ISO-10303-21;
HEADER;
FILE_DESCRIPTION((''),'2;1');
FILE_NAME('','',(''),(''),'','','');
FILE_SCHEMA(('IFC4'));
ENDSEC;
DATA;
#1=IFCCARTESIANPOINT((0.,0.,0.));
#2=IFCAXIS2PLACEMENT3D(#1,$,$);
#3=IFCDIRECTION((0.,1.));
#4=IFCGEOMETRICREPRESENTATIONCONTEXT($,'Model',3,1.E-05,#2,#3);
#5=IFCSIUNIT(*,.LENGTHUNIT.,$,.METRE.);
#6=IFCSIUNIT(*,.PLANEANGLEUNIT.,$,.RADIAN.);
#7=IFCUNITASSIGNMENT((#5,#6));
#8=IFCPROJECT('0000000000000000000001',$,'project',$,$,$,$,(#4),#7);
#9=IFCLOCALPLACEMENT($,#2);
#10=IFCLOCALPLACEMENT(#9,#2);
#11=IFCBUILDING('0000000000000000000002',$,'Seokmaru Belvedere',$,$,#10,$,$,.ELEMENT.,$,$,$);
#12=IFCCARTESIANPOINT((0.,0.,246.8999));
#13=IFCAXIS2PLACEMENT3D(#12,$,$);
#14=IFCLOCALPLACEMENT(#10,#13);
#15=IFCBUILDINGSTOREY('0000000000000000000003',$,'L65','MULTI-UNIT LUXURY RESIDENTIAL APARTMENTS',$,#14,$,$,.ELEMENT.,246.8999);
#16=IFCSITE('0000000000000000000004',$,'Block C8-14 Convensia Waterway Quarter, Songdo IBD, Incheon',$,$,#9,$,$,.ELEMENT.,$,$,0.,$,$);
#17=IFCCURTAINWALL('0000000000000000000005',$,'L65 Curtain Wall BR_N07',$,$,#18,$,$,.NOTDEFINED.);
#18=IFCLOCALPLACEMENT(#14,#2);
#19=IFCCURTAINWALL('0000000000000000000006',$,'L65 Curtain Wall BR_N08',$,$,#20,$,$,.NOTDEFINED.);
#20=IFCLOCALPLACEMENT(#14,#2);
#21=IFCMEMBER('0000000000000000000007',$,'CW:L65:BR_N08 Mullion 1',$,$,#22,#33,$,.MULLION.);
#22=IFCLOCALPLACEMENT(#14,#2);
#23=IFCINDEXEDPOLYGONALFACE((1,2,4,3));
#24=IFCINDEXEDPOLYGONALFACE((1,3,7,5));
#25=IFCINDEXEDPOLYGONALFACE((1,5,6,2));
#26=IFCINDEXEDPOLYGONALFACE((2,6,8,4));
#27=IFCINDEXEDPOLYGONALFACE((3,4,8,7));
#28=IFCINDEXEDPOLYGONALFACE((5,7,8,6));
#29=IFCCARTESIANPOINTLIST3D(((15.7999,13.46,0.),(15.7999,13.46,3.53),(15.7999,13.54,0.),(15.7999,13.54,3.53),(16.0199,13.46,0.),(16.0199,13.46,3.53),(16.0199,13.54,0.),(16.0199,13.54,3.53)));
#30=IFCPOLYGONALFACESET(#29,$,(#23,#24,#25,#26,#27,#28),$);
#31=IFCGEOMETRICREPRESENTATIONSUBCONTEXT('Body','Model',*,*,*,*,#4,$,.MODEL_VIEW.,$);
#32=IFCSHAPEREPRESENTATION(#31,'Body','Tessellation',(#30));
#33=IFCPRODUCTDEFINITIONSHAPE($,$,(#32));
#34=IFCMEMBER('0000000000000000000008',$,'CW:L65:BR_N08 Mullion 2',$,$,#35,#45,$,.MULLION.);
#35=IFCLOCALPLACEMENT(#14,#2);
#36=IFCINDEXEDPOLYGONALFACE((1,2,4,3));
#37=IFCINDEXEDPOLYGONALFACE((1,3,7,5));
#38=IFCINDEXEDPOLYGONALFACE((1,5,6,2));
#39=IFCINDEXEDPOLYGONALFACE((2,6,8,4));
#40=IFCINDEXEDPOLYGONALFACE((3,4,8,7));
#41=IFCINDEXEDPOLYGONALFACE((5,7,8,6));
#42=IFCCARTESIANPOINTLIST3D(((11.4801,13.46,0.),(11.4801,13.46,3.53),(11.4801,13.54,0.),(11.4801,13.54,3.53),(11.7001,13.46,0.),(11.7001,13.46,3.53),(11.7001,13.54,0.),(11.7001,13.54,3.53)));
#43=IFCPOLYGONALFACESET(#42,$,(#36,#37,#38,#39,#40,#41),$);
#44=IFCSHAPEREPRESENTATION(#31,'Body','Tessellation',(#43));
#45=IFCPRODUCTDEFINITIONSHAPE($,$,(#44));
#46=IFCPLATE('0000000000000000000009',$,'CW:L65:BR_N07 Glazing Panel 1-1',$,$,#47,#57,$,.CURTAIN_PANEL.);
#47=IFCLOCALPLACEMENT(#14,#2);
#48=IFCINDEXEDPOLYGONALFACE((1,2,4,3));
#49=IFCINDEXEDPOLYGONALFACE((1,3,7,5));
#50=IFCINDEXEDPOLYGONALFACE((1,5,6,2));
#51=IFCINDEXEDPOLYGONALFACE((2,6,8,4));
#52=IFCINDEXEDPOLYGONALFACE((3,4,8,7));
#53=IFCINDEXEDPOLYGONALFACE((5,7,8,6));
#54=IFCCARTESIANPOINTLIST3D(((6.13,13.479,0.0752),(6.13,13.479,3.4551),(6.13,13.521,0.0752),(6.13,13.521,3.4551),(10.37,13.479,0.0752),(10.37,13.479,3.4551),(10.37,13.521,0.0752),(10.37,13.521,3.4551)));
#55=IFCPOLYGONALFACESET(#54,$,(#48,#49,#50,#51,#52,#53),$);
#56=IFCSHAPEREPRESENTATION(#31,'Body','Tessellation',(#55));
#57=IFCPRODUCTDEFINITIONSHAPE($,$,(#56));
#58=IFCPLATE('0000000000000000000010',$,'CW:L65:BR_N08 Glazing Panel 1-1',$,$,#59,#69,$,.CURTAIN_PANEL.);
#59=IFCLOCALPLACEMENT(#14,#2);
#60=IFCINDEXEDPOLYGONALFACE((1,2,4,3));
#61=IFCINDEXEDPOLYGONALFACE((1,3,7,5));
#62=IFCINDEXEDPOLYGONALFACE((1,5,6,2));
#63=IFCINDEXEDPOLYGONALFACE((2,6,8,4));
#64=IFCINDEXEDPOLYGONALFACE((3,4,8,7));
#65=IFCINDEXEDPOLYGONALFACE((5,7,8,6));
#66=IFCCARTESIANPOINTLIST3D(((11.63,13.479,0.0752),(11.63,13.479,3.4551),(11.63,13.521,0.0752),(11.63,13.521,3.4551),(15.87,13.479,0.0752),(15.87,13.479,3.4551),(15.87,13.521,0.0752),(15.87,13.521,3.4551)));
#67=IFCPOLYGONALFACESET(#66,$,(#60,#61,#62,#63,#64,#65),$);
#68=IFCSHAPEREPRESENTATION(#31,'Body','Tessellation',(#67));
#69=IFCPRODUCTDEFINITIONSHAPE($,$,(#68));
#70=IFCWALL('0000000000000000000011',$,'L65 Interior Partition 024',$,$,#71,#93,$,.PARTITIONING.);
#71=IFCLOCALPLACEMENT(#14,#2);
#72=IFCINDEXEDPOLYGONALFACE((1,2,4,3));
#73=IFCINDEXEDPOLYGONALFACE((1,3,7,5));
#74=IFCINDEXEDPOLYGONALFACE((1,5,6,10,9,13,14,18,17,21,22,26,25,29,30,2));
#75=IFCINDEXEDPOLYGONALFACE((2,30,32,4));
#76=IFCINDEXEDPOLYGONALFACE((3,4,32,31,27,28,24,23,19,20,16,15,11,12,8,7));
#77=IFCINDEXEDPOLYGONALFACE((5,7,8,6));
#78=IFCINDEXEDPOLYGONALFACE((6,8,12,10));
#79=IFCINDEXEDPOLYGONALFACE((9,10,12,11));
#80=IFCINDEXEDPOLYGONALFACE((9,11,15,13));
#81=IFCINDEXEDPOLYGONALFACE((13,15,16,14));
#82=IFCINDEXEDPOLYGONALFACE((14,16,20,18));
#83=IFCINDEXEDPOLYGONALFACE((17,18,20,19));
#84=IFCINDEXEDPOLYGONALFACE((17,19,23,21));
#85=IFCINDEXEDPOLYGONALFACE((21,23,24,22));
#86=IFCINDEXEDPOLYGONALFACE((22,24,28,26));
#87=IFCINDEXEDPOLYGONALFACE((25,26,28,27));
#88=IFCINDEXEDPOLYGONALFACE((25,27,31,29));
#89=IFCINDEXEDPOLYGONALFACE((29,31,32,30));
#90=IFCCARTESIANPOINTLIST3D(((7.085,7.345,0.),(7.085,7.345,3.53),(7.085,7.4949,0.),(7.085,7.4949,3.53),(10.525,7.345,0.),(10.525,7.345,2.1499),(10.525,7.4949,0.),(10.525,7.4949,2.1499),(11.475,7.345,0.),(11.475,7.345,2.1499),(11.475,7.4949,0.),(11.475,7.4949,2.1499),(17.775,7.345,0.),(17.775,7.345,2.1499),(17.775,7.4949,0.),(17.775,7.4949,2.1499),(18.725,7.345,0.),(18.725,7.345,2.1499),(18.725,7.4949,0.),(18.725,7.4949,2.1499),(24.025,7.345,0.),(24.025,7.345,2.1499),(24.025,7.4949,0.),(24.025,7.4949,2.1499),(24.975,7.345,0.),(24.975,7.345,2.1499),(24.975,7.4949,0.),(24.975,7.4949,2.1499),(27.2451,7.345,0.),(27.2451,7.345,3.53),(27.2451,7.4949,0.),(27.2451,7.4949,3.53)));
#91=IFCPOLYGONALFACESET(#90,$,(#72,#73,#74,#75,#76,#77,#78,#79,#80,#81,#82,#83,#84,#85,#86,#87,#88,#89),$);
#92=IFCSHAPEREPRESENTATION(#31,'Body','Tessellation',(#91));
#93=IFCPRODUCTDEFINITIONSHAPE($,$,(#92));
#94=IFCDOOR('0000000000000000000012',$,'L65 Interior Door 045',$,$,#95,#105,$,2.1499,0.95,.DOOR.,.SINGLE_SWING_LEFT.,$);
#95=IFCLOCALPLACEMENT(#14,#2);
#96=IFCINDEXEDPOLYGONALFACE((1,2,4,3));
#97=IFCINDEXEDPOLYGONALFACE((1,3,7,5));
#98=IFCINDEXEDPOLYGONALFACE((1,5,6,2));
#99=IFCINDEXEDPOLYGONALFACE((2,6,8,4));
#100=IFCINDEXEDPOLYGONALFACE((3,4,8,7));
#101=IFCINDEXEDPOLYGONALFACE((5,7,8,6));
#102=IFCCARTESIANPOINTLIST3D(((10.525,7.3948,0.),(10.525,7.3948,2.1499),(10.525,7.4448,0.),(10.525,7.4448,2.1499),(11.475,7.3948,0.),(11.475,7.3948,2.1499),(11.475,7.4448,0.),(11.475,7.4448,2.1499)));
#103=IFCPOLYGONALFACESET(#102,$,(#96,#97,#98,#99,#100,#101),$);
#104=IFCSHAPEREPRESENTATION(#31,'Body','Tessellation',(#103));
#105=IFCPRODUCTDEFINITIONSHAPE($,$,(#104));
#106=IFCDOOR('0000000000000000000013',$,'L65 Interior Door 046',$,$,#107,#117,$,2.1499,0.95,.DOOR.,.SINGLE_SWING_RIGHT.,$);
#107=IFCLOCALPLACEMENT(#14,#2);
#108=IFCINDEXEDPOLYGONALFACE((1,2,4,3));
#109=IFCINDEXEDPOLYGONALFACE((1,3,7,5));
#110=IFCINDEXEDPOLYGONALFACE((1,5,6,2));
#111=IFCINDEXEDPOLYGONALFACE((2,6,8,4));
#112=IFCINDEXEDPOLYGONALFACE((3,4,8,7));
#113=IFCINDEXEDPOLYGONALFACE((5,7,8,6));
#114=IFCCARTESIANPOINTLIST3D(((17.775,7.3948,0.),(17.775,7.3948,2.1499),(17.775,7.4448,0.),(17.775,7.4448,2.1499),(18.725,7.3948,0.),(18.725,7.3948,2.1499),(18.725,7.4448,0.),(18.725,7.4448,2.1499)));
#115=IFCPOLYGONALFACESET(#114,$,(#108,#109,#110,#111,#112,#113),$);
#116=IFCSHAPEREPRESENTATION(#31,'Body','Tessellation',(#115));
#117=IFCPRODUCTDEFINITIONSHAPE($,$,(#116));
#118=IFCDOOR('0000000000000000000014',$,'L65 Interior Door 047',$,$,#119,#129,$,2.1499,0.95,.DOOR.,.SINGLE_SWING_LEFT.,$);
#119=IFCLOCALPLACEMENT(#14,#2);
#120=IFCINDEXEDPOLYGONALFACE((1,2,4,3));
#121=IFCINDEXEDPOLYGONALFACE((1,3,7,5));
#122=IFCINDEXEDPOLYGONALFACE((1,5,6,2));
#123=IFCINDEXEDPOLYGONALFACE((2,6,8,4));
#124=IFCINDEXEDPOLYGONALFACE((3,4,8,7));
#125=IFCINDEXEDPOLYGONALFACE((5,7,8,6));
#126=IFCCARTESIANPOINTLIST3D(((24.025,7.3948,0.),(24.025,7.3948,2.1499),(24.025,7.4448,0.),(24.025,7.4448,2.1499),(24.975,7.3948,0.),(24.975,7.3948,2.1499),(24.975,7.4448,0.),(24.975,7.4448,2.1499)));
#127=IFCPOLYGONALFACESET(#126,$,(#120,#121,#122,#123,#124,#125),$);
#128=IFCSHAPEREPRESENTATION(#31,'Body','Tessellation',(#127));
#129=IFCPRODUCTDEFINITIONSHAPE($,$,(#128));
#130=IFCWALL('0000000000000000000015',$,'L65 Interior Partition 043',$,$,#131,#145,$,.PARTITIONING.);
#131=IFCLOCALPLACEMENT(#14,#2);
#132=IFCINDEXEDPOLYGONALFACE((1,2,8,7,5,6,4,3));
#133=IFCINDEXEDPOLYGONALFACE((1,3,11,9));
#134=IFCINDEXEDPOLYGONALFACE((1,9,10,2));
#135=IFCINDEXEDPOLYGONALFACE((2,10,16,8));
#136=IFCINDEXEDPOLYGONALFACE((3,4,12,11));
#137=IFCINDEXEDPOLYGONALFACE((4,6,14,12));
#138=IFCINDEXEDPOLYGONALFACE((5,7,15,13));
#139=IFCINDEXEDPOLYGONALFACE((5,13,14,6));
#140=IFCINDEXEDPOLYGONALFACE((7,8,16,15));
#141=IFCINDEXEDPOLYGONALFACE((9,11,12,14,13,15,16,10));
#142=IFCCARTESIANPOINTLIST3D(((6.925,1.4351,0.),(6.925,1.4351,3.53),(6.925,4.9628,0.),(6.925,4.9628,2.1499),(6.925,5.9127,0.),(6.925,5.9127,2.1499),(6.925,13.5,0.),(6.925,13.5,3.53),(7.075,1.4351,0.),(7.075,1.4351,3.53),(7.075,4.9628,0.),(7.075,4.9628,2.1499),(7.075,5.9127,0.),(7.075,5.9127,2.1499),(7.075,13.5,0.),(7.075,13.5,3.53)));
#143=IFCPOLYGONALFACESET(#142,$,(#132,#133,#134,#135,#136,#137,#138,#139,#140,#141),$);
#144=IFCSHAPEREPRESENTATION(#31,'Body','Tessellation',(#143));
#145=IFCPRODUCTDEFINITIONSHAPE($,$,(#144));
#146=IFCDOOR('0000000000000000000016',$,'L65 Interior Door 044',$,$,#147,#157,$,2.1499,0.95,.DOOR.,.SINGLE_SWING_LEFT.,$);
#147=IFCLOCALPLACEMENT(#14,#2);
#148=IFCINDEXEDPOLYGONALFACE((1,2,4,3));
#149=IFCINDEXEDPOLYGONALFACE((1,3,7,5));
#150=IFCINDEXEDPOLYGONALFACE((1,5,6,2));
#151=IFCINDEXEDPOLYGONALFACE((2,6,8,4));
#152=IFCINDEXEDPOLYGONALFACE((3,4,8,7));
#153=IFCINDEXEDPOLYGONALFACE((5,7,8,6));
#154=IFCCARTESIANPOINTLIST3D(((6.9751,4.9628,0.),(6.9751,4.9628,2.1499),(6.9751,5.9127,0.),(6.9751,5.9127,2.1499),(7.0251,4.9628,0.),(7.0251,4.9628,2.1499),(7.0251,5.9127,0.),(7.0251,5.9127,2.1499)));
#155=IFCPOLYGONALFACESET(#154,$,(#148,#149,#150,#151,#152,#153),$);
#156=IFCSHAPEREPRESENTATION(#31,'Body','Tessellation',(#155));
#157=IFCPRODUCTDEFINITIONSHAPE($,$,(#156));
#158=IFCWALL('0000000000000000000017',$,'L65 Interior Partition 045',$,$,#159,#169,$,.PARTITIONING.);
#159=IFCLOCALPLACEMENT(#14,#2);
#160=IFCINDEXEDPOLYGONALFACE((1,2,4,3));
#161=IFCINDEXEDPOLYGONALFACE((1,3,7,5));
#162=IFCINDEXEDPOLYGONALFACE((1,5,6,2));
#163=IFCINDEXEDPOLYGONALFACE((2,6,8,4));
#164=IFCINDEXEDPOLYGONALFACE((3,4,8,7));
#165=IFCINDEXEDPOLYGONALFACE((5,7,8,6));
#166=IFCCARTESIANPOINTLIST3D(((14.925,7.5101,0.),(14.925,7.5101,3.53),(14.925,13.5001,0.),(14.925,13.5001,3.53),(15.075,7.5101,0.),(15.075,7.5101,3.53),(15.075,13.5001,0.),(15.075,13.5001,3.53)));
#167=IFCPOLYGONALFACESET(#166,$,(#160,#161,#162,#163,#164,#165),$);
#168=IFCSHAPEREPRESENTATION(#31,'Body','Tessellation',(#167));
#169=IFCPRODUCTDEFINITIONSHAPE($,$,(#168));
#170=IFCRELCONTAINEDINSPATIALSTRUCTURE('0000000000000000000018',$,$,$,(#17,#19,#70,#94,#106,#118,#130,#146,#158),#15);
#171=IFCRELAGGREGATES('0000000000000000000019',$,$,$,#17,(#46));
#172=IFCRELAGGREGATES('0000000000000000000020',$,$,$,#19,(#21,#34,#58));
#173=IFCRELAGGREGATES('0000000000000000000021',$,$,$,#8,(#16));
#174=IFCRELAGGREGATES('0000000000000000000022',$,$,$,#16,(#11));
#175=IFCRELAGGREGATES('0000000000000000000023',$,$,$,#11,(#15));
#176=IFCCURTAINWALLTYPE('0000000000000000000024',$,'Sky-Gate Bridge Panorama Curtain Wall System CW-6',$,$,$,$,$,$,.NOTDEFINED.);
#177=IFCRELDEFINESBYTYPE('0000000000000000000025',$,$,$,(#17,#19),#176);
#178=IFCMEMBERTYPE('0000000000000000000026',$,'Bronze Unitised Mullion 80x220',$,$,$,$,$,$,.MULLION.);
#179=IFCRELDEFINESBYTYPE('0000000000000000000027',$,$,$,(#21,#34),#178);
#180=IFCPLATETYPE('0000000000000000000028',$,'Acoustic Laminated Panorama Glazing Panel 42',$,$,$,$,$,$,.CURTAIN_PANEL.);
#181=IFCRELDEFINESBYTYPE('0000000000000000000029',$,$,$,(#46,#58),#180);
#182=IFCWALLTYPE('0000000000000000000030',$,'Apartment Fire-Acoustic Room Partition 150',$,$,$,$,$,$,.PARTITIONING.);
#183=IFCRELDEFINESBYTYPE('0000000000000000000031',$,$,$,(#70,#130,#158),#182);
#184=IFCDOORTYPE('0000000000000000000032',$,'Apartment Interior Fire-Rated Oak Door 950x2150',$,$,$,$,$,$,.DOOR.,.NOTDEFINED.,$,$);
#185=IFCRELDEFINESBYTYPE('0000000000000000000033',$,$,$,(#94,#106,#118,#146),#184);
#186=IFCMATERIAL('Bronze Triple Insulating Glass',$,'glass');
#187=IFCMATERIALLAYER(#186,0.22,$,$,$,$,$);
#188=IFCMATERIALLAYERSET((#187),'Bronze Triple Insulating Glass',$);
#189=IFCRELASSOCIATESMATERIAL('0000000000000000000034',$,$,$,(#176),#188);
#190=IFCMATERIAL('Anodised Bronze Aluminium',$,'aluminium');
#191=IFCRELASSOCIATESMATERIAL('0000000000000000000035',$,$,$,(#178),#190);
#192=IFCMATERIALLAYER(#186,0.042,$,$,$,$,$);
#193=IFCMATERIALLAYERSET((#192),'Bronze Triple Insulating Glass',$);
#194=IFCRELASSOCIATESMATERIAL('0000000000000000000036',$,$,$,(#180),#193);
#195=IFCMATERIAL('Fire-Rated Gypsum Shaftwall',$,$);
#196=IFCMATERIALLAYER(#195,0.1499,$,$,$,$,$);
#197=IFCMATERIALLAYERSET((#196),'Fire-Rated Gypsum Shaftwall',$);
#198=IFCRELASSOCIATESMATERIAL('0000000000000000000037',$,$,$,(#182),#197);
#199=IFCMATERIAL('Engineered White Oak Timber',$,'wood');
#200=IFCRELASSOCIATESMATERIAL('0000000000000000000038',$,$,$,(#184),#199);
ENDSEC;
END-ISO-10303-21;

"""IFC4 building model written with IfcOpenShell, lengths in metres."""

from ifc_helpers import new_model, si_unit, direction, frame, frame_2d, origin, origin_2d, place, context, subcontext, project, spatial, rectangle, extrude, source, transform, mapped, material, layer, layer_set, material_profile, profile_set, type_object, type_shapes, element, fill, aggregate, save


model = new_model("IFC4")

# Units and contexts
model_context = context("Model", 3, precision=1e-05, world=origin(), true_north=direction((0.0, 1.0)))
body_context = subcontext(model_context, "Body", "Model", "MODEL_VIEW")
ifc_project = project(units=[si_unit("LENGTHUNIT", "METRE"), si_unit("PLANEANGLEUNIT", "RADIAN")], contexts=[model_context])

# Site, building, storey
site_placement = place(None, origin())
site = spatial("IfcSite", under=ifc_project, at=site_placement, Name="Block C8-14 Convensia Waterway Quarter, Songdo IBD, Incheon", CompositionType="ELEMENT", RefElevation=0.0)
building_placement = place(site_placement, origin())
building = spatial("IfcBuilding", under=site, at=building_placement, Name="Seokmaru Belvedere", CompositionType="ELEMENT")
storey_placement = place(building_placement, frame((0.0, 0.0, 246.8999)))
storey = spatial("IfcBuildingStorey", under=building, at=storey_placement, Name="L65", Description="MULTI-UNIT LUXURY RESIDENTIAL APARTMENTS", CompositionType="ELEMENT", Elevation=246.8999)

# Curtain walls
ifc_material_1 = material(Name="Bronze Triple Insulating Glass", Category="glass")
ifc_layer_1 = layer(ifc_material_1, 0.22)
ifc_layer_set_1 = layer_set([ifc_layer_1], Name="Bronze Triple Insulating Glass")
curtain_wall_type = type_object("IfcCurtainWallType", Name="Sky-Gate Bridge Panorama Curtain Wall System CW-6", PredefinedType="NOTDEFINED", material=ifc_layer_set_1)
curtain_wall_1_placement = place(storey_placement, origin())
curtain_wall_1 = element("IfcCurtainWall", 1, at=curtain_wall_1_placement, inside=storey, type_object=curtain_wall_type, Name="L65 Curtain Wall BR_N07", PredefinedType="NOTDEFINED")
ifc_material_2 = material(Name="Anodised Bronze Aluminium", Category="aluminium")
curtain_wall_2_placement = place(storey_placement, origin())
curtain_wall_2 = element("IfcCurtainWall", 2, at=curtain_wall_2_placement, inside=storey, type_object=curtain_wall_type, Name="L65 Curtain Wall BR_N08", PredefinedType="NOTDEFINED")

# Members
ifc_material_profile_1 = material_profile(ifc_material_2, rectangle(XDim=0.0801, YDim=0.22, at=origin_2d()), Name="CW-M-80x220")
ifc_profile_set_1 = profile_set([ifc_material_profile_1], Name="Anodised Bronze Aluminium")
member_type_1 = type_object("IfcMemberType", Name="Bronze Unitised Mullion 80x220", PredefinedType="MULLION", material=ifc_profile_set_1)
shared_shape_1 = source(origin(), body_context, "Body", "SweptSolid", [
    extrude(rectangle(XDim=0.0801, YDim=0.22, at=origin_2d()), origin(), (0.0, 0.0, 1.0), 3.53),
])
type_shapes(member_type_1, [shared_shape_1])
member_1_placement = place(storey_placement, frame((15.9099, 13.5, 0.0), z_axis=(0.0, 0.0, 1.0), x_axis=(0.0, -1.0, 0.0)))
member_1 = element("IfcMember", 3, at=member_1_placement, type_object=member_type_1, Name="CW:L65:BR_N08 Mullion 1", PredefinedType="MULLION", context=body_context, shape_type="MappedRepresentation", body=[
    mapped(shared_shape_1, transform((0.0, 0.0, 0.0), scale=1.0)),
])
member_2_placement = place(storey_placement, frame((11.5901, 13.5, 0.0), z_axis=(0.0, 0.0, 1.0), x_axis=(0.0, -1.0, 0.0)))
member_2 = element("IfcMember", 4, at=member_2_placement, type_object=member_type_1, Name="CW:L65:BR_N08 Mullion 2", PredefinedType="MULLION", context=body_context, shape_type="MappedRepresentation", body=[
    mapped(shared_shape_1, transform((0.0, 0.0, 0.0), scale=1.0)),
])

# Plates
ifc_layer_2 = layer(ifc_material_1, 0.042)
ifc_layer_set_2 = layer_set([ifc_layer_2], Name="Bronze Triple Insulating Glass")
plate_type = type_object("IfcPlateType", Name="Acoustic Laminated Panorama Glazing Panel 42", PredefinedType="CURTAIN_PANEL", material=ifc_layer_set_2)
shared_shape_2 = source(origin(), body_context, "Body", "SweptSolid", [
    extrude(rectangle(XDim=4.24, YDim=0.042, at=origin_2d()), origin(), (0.0, 0.0, 1.0), 3.3799),
])
type_shapes(plate_type, [shared_shape_2])
plate_1_placement = place(storey_placement, frame((8.25, 13.5, 0.0752), z_axis=(0.0, 0.0, 1.0), x_axis=(-1.0, 0.0, 0.0)))
plate_1 = element("IfcPlate", 5, at=plate_1_placement, type_object=plate_type, Name="CW:L65:BR_N07 Glazing Panel 1-1", PredefinedType="CURTAIN_PANEL", context=body_context, shape_type="MappedRepresentation", body=[
    mapped(shared_shape_2, transform((0.0, 0.0, 0.0), scale=1.0)),
])
aggregate(curtain_wall_1, [plate_1])
plate_2_placement = place(storey_placement, frame((13.75, 13.5, 0.0752), z_axis=(0.0, 0.0, 1.0), x_axis=(-1.0, 0.0, 0.0)))
plate_2 = element("IfcPlate", 6, at=plate_2_placement, type_object=plate_type, Name="CW:L65:BR_N08 Glazing Panel 1-1", PredefinedType="CURTAIN_PANEL", context=body_context, shape_type="MappedRepresentation", body=[
    mapped(shared_shape_2, transform((0.0, 0.0, 0.0), scale=1.0)),
])
aggregate(curtain_wall_2, [member_1, member_2, plate_2])

# Wall, openings, doors
ifc_material_3 = material(Name="Fire-Rated Gypsum Shaftwall")
ifc_layer_3 = layer(ifc_material_3, 0.1499)
ifc_layer_set_3 = layer_set([ifc_layer_3], Name="Fire-Rated Gypsum Shaftwall")
wall_type_1 = type_object("IfcWallType", Name="Apartment Fire-Acoustic Room Partition 150", PredefinedType="PARTITIONING", material=ifc_layer_set_3)
wall_1_placement = place(storey_placement, frame((7.085, 7.4199, 0.0), z_axis=(0.0, 0.0, 1.0), x_axis=(1.0, 0.0, 0.0)))
wall_1 = element("IfcWall", 7, at=wall_1_placement, inside=storey, type_object=wall_type_1, Name="L65 Interior Partition 024", PredefinedType="PARTITIONING", context=body_context, shape_type="SweptSolid", body=[
    extrude(rectangle(XDim=20.1602, YDim=0.1499, at=frame_2d((10.0801, 0.0))), origin(), (0.0, 0.0, 1.0), 3.53),
])
opening_1_placement = place(wall_1_placement, frame((3.4399, 0.0, 0.0)))
opening_1 = element("IfcOpeningElement", 8, at=opening_1_placement, cuts=wall_1, PredefinedType="OPENING", context=body_context, shape_type="SweptSolid", body=[
    extrude(rectangle(XDim=0.95, YDim=2.1499, at=frame_2d((0.4751, 1.075))), frame((0.0, 0.085, 0.0), z_axis=(0.0, -1.0, 0.0), x_axis=(1.0, 0.0, 0.0)), (0.0, 0.0, 1.0), 0.1699),
])
opening_2_placement = place(wall_1_placement, frame((10.6899, 0.0, 0.0)))
opening_2 = element("IfcOpeningElement", 9, at=opening_2_placement, cuts=wall_1, PredefinedType="OPENING", context=body_context, shape_type="SweptSolid", body=[
    extrude(rectangle(XDim=0.95, YDim=2.1499, at=frame_2d((0.4751, 1.075))), frame((0.0, 0.085, 0.0), z_axis=(0.0, -1.0, 0.0), x_axis=(1.0, 0.0, 0.0)), (0.0, 0.0, 1.0), 0.1699),
])
opening_3_placement = place(wall_1_placement, frame((16.9399, 0.0, 0.0)))
opening_3 = element("IfcOpeningElement", 10, at=opening_3_placement, cuts=wall_1, PredefinedType="OPENING", context=body_context, shape_type="SweptSolid", body=[
    extrude(rectangle(XDim=0.95, YDim=2.1499, at=frame_2d((0.4751, 1.075))), frame((0.0, 0.085, 0.0), z_axis=(0.0, -1.0, 0.0), x_axis=(1.0, 0.0, 0.0)), (0.0, 0.0, 1.0), 0.1699),
])
ifc_material_4 = material(Name="Engineered White Oak Timber", Category="wood")
door_type = type_object("IfcDoorType", Name="Apartment Interior Fire-Rated Oak Door 950x2150", OperationType="NOTDEFINED", PredefinedType="DOOR", material=ifc_material_4)
shared_shape_3 = source(origin(), body_context, "Body", "SweptSolid", [
    extrude(rectangle(XDim=0.95, YDim=2.1499, at=frame_2d((0.4751, 1.075))), frame((0.0, 0.0249, 0.0), z_axis=(0.0, -1.0, 0.0), x_axis=(1.0, 0.0, 0.0)), (0.0, 0.0, 1.0), 0.05),
])
type_shapes(door_type, [shared_shape_3])
door_1_placement = place(opening_1_placement, origin())
door_1 = element("IfcDoor", 11, at=door_1_placement, inside=storey, type_object=door_type, Name="L65 Interior Door 045", OperationType="SINGLE_SWING_LEFT", OverallHeight=2.1499, OverallWidth=0.95, PredefinedType="DOOR", context=body_context, shape_type="MappedRepresentation", body=[
    mapped(shared_shape_3, transform((0.0, 0.0, 0.0), scale=1.0)),
])
fill(opening_1, door_1)
door_2_placement = place(opening_2_placement, origin())
door_2 = element("IfcDoor", 12, at=door_2_placement, inside=storey, type_object=door_type, Name="L65 Interior Door 046", OperationType="SINGLE_SWING_RIGHT", OverallHeight=2.1499, OverallWidth=0.95, PredefinedType="DOOR", context=body_context, shape_type="MappedRepresentation", body=[
    mapped(shared_shape_3, transform((0.0, 0.0, 0.0), scale=1.0)),
])
fill(opening_2, door_2)
door_3_placement = place(opening_3_placement, origin())
door_3 = element("IfcDoor", 13, at=door_3_placement, inside=storey, type_object=door_type, Name="L65 Interior Door 047", OperationType="SINGLE_SWING_LEFT", OverallHeight=2.1499, OverallWidth=0.95, PredefinedType="DOOR", context=body_context, shape_type="MappedRepresentation", body=[
    mapped(shared_shape_3, transform((0.0, 0.0, 0.0), scale=1.0)),
])
fill(opening_3, door_3)

# Wall, opening, door
wall_2_placement = place(storey_placement, frame((7.0, 1.4351, 0.0), z_axis=(0.0, 0.0, 1.0), x_axis=(0.0, 1.0, 0.0)))
wall_2 = element("IfcWall", 14, at=wall_2_placement, inside=storey, type_object=wall_type_1, Name="L65 Interior Partition 043", PredefinedType="PARTITIONING", context=body_context, shape_type="SweptSolid", body=[
    extrude(rectangle(XDim=12.0649, YDim=0.1499, at=frame_2d((6.0325, 0.0))), origin(), (0.0, 0.0, 1.0), 3.53),
])
opening_4_placement = place(wall_2_placement, frame((3.5276, 0.0, 0.0)))
opening_4 = element("IfcOpeningElement", 15, at=opening_4_placement, cuts=wall_2, PredefinedType="OPENING", context=body_context, shape_type="SweptSolid", body=[
    extrude(rectangle(XDim=0.95, YDim=2.1499, at=frame_2d((0.4751, 1.075))), frame((0.0, 0.085, 0.0), z_axis=(0.0, -1.0, 0.0), x_axis=(1.0, 0.0, 0.0)), (0.0, 0.0, 1.0), 0.1699),
])
door_4_placement = place(opening_4_placement, origin())
door_4 = element("IfcDoor", 16, at=door_4_placement, inside=storey, type_object=door_type, Name="L65 Interior Door 044", OperationType="SINGLE_SWING_LEFT", OverallHeight=2.1499, OverallWidth=0.95, PredefinedType="DOOR", context=body_context, shape_type="MappedRepresentation", body=[
    mapped(shared_shape_3, transform((0.0, 0.0, 0.0), scale=1.0)),
])
fill(opening_4, door_4)

# Wall
wall_3_placement = place(storey_placement, frame((15.0, 7.51, 0.0), z_axis=(0.0, 0.0, 1.0), x_axis=(0.0, 1.0, 0.0)))
element("IfcWall", 17, at=wall_3_placement, inside=storey, type_object=wall_type_1, Name="L65 Interior Partition 045", PredefinedType="PARTITIONING", context=body_context, shape_type="SweptSolid", body=[
    extrude(rectangle(XDim=5.99, YDim=0.1499, at=frame_2d((2.9951, 0.0))), origin(), (0.0, 0.0, 1.0), 3.53),
])

save(model, "model.ifc")
